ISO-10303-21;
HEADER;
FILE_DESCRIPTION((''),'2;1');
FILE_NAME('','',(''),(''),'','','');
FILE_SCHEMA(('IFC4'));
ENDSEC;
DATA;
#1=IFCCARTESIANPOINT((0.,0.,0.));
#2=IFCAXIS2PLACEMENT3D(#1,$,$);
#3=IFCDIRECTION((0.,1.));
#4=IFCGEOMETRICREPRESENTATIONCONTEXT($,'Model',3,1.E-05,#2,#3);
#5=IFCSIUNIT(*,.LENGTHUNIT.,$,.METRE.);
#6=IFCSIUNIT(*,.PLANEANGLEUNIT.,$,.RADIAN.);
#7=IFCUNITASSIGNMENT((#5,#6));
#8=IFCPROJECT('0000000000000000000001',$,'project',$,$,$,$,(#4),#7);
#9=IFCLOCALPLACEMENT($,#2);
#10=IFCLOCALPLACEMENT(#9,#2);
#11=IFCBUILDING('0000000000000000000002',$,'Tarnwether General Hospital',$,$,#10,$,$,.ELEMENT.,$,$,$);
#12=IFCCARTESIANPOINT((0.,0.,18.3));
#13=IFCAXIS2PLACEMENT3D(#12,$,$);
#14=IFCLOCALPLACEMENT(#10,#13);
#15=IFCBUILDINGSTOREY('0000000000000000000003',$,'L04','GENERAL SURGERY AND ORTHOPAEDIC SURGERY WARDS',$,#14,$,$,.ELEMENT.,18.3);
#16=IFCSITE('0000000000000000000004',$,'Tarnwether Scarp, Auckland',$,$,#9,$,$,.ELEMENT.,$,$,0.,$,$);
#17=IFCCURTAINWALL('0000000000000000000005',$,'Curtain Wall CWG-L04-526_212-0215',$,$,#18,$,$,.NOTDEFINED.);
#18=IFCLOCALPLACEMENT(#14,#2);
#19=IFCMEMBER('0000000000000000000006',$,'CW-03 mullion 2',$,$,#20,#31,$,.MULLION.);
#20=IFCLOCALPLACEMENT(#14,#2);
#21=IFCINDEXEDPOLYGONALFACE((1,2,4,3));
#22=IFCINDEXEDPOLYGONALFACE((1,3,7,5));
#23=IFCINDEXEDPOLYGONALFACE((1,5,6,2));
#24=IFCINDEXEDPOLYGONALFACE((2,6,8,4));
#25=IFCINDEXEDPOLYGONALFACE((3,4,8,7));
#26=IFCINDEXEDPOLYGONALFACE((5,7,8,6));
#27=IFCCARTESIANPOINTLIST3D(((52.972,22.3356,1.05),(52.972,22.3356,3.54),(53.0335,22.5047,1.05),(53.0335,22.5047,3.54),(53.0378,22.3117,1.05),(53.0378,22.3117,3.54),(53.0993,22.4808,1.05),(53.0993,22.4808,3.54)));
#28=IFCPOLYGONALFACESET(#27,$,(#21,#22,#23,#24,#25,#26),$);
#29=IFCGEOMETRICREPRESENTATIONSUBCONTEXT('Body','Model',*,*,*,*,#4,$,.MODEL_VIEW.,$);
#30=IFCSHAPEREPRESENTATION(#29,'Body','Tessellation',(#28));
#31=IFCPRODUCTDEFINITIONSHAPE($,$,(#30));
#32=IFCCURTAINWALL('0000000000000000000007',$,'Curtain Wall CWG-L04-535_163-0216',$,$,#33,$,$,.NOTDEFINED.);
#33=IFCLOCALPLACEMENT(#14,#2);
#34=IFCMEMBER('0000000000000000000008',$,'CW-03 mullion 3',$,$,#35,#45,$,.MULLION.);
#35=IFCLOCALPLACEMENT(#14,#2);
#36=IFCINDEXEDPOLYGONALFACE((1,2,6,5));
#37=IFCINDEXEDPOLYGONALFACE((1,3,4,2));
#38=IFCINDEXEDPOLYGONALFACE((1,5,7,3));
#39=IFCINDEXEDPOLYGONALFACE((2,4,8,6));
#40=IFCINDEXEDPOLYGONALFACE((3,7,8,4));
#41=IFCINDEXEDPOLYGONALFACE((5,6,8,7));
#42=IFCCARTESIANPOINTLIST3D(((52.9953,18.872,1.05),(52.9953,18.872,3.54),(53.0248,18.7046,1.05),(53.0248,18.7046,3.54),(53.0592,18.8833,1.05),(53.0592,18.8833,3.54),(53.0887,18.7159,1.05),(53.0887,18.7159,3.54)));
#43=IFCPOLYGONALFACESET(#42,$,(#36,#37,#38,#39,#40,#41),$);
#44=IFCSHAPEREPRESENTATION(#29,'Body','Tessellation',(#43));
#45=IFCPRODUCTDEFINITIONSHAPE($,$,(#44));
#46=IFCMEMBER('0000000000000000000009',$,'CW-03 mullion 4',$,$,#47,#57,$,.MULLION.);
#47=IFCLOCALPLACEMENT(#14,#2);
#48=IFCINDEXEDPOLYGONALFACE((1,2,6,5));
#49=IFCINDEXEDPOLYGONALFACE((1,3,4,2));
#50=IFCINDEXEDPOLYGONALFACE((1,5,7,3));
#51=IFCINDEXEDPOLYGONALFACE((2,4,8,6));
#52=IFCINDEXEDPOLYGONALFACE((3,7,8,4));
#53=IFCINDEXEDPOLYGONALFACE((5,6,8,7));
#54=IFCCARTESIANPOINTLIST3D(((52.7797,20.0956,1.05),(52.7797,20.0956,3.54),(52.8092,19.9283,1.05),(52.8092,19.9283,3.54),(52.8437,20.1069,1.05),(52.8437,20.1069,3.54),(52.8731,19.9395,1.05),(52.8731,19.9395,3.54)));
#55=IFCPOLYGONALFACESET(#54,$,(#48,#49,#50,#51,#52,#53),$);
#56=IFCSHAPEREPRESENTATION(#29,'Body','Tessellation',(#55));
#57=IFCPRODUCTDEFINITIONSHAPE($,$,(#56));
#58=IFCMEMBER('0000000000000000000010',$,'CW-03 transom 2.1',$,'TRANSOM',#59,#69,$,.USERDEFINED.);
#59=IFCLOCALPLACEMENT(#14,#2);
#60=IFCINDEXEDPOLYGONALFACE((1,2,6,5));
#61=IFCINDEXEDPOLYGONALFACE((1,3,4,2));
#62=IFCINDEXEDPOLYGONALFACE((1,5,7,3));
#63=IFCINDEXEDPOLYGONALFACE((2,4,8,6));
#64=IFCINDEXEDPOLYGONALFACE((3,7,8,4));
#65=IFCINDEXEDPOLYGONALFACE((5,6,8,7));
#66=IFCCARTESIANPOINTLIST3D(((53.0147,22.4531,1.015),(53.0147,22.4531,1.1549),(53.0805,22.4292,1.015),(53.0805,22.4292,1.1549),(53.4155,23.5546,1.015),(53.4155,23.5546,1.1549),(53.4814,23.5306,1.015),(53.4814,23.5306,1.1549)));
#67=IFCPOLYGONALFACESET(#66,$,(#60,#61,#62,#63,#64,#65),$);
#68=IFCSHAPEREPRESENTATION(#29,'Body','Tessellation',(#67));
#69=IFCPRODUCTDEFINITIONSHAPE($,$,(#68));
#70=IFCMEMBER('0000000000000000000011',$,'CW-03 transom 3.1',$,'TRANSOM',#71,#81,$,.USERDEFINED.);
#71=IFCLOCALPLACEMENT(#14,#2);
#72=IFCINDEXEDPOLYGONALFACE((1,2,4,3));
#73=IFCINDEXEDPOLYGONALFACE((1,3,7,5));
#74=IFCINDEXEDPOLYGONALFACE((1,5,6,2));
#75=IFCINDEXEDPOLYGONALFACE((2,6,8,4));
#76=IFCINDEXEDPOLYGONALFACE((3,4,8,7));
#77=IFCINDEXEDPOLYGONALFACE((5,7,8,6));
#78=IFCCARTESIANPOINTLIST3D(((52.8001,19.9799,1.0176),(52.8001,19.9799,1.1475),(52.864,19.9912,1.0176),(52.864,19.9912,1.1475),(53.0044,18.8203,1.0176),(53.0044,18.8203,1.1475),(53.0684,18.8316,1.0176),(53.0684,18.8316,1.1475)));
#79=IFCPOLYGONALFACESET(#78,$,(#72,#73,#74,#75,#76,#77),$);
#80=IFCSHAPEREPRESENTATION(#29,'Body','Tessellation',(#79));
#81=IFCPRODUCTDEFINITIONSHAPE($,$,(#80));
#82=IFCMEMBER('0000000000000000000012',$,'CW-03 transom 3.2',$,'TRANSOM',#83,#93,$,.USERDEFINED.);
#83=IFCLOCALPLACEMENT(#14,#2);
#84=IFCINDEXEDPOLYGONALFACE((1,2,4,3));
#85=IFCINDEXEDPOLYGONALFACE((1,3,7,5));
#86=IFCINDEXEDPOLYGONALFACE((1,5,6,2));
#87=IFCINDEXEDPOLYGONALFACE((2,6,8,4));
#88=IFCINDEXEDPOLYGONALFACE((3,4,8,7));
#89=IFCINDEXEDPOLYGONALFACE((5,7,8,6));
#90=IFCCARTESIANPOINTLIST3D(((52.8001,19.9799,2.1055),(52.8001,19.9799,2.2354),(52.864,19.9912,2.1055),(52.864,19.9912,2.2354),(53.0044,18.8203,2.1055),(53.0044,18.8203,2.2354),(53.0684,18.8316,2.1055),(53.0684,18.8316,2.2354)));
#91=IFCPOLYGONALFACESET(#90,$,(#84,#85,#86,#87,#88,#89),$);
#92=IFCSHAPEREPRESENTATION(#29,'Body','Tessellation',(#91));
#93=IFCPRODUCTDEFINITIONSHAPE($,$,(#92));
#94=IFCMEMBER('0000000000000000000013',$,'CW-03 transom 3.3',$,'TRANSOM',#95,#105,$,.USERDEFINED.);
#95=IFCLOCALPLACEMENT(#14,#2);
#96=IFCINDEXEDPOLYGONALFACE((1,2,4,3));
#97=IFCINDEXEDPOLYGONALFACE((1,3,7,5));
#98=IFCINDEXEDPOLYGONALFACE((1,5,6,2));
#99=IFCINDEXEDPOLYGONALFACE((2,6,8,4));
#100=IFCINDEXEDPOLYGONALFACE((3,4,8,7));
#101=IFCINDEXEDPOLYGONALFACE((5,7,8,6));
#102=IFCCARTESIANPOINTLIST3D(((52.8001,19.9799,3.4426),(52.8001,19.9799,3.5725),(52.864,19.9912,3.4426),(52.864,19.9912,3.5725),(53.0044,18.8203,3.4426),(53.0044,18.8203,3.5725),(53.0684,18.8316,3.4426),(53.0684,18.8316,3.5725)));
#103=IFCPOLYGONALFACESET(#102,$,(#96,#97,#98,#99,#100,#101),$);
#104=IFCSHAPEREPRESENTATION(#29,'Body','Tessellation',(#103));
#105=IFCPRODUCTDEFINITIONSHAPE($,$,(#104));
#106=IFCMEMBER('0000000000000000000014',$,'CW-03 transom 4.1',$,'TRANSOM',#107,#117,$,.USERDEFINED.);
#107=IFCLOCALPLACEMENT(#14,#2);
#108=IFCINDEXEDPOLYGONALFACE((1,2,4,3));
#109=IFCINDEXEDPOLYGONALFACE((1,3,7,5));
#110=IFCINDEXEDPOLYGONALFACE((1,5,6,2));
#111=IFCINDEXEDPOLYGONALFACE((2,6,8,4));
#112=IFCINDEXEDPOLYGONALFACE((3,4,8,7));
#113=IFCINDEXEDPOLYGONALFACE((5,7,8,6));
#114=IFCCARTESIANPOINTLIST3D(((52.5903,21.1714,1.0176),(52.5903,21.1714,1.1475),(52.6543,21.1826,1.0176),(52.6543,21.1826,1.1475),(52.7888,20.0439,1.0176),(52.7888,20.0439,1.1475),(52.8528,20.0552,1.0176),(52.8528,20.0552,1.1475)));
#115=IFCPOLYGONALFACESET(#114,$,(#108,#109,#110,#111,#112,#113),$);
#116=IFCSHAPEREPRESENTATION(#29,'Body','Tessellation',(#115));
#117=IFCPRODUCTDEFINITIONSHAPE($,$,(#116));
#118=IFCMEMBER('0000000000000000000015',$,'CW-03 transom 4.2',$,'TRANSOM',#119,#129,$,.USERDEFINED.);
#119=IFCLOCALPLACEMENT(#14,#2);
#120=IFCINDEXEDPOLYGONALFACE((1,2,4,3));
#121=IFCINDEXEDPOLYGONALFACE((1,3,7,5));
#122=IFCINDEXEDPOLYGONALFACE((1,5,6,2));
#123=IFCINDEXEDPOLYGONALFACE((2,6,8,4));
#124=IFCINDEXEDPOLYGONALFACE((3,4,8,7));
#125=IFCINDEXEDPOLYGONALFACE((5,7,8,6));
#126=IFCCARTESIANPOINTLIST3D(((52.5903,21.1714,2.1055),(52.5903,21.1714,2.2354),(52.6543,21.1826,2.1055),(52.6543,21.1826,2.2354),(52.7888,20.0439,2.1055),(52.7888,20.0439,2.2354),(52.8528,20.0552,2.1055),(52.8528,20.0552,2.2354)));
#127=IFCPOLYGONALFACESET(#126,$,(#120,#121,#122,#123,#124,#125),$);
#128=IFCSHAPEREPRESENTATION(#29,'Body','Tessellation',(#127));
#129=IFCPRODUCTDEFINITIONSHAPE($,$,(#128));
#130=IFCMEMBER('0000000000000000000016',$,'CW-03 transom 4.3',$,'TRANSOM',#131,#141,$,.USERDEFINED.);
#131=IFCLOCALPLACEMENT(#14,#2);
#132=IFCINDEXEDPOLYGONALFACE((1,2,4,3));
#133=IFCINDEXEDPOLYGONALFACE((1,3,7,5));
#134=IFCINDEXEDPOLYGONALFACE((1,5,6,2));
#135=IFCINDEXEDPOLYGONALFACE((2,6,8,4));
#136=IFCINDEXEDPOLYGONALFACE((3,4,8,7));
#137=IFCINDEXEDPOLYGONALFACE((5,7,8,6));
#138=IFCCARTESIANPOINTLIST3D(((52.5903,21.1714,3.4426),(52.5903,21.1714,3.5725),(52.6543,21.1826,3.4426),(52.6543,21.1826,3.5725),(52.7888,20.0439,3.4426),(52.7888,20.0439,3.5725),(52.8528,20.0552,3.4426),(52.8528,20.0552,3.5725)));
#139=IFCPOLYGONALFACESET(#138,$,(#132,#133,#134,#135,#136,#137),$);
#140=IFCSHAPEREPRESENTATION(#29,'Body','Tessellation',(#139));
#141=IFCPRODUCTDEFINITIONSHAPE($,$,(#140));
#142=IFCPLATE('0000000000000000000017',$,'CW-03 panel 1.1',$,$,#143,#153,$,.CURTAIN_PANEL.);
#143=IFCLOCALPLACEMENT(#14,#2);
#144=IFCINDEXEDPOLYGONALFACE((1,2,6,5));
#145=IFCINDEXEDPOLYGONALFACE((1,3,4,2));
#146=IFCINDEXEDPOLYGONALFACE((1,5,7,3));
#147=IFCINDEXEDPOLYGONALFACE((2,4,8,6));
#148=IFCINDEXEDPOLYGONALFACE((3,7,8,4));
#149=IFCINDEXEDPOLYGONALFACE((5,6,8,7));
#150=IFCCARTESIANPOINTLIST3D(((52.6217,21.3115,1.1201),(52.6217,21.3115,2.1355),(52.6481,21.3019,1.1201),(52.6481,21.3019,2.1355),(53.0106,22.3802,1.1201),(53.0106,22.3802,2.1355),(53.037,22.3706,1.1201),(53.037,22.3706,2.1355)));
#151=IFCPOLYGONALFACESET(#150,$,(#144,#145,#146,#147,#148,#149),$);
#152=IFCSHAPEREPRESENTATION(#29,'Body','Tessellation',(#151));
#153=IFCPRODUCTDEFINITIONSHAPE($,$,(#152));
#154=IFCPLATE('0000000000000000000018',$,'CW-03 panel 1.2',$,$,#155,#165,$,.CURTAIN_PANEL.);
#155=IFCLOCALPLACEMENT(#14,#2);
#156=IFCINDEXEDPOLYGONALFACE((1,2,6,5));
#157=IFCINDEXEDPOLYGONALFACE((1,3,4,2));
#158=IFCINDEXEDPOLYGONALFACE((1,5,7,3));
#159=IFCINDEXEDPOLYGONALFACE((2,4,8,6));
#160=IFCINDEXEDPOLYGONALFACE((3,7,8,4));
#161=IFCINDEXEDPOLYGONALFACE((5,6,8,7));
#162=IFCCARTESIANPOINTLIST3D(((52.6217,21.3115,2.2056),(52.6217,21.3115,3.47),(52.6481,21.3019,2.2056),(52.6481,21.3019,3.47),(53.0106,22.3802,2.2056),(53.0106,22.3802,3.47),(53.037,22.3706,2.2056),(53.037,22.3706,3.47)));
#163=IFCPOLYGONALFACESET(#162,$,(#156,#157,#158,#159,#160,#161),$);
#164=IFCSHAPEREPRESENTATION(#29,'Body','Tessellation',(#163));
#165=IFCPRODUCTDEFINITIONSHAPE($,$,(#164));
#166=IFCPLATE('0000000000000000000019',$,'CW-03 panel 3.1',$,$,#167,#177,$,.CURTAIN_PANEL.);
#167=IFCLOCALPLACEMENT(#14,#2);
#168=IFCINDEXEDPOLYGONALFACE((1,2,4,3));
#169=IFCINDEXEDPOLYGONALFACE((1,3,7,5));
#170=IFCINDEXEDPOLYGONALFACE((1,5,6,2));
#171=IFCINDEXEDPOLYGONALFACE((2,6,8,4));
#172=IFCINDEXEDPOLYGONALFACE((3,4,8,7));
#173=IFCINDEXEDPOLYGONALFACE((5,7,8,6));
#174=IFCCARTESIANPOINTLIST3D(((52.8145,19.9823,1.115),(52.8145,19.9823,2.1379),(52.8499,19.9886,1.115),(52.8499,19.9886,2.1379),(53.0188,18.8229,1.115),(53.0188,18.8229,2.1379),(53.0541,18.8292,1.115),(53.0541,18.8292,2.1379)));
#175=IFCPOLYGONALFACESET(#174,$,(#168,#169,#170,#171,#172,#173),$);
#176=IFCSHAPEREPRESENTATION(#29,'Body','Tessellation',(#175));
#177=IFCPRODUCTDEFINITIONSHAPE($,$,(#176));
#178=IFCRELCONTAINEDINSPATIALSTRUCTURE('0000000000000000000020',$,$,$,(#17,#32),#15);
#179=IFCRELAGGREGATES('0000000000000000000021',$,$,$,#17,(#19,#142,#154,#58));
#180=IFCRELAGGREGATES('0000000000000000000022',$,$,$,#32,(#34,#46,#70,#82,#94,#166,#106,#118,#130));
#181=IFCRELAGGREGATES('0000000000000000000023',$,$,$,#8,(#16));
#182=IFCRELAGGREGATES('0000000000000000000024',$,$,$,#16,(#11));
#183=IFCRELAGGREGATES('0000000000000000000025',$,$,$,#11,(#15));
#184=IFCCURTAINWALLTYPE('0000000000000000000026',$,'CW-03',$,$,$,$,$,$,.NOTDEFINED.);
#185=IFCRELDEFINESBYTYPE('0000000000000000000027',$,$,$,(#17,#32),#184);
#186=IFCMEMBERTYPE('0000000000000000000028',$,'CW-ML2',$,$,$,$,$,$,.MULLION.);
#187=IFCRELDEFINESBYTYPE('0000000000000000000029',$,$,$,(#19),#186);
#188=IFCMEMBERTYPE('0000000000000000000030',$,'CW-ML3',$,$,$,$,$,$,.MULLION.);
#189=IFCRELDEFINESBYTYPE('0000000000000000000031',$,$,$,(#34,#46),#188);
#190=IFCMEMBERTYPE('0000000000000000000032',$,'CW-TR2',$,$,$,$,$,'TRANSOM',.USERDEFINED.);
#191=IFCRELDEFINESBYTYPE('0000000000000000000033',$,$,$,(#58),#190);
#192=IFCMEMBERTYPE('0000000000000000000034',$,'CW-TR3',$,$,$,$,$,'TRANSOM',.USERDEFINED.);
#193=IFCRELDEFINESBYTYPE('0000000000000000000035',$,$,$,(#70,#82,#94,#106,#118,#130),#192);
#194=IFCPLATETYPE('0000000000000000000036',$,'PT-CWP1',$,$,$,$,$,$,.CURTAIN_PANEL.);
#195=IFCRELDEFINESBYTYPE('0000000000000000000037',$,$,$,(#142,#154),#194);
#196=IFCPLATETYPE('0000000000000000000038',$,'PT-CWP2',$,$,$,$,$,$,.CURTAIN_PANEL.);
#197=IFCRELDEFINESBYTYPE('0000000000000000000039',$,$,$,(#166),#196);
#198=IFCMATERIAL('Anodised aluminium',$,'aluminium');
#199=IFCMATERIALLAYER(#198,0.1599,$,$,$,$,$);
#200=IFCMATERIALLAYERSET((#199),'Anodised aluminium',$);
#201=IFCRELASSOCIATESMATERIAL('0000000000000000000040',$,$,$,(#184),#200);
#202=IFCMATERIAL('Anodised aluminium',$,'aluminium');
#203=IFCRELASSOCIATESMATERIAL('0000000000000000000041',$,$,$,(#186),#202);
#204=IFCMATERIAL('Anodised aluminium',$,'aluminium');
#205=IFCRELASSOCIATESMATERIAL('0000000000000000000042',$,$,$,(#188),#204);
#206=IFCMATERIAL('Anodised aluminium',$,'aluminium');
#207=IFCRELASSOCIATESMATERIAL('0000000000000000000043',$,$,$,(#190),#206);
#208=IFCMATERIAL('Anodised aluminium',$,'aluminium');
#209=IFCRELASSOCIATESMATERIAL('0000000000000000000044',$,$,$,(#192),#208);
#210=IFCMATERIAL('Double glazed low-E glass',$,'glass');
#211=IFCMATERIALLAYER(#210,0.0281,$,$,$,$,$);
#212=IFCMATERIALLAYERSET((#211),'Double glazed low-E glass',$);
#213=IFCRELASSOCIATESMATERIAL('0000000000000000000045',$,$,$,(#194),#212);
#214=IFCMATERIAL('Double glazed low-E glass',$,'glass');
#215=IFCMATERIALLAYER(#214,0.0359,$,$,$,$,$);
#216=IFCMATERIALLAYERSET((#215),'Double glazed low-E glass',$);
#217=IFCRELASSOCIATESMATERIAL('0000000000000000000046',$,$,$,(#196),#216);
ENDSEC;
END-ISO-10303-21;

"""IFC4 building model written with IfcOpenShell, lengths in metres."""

from ifc_helpers import new_model, si_unit, direction, frame, origin, origin_2d, place, context, subcontext, project, spatial, rectangle, extrude, material, layer, layer_set, material_profile, profile_set, type_object, element, aggregate, save


model = new_model("IFC4")

# Units and contexts
model_context = context("Model", 3, precision=1e-05, world=origin(), true_north=direction((0.0, 1.0)))
body_context = subcontext(model_context, "Body", "Model", "MODEL_VIEW")
ifc_project = project(units=[si_unit("LENGTHUNIT", "METRE"), si_unit("PLANEANGLEUNIT", "RADIAN")], contexts=[model_context])

# Site, building, storey
site_placement = place(None, origin())
site = spatial("IfcSite", under=ifc_project, at=site_placement, Name="Tarnwether Scarp, Auckland", CompositionType="ELEMENT", RefElevation=0.0)
building_placement = place(site_placement, origin())
building = spatial("IfcBuilding", under=site, at=building_placement, Name="Tarnwether General Hospital", CompositionType="ELEMENT")
storey_placement = place(building_placement, frame((0.0, 0.0, 18.3)))
storey = spatial("IfcBuildingStorey", under=building, at=storey_placement, Name="L04", Description="GENERAL SURGERY AND ORTHOPAEDIC SURGERY WARDS", CompositionType="ELEMENT", Elevation=18.3)

# Curtain wall, member
ifc_material_1 = material(Name="Anodised aluminium", Category="aluminium")
ifc_layer_1 = layer(ifc_material_1, 0.1599)
ifc_layer_set_1 = layer_set([ifc_layer_1], Name="Anodised aluminium")
curtain_wall_type = type_object("IfcCurtainWallType", Name="CW-03", PredefinedType="NOTDEFINED", material=ifc_layer_set_1)
curtain_wall_1_placement = place(storey_placement, origin())
curtain_wall_1 = element("IfcCurtainWall", 1, at=curtain_wall_1_placement, inside=storey, type_object=curtain_wall_type, Name="Curtain Wall CWG-L04-526_212-0215", PredefinedType="NOTDEFINED")
ifc_material_2 = material(Name="Anodised aluminium", Category="aluminium")
ifc_material_profile_1 = material_profile(ifc_material_2, rectangle(XDim=0.0701, YDim=0.1799, at=origin_2d()), Name="ALU-MUL-70x180")
ifc_profile_set_1 = profile_set([ifc_material_profile_1], Name="Anodised aluminium")
member_type_1 = type_object("IfcMemberType", Name="CW-ML2", PredefinedType="MULLION", material=ifc_profile_set_1)
member_1_placement = place(storey_placement, frame((53.0356, 22.4082, 1.05), z_axis=(0.0, 0.0, 1.0), x_axis=(-0.939717, 0.341953, 0.0)))
member_1 = element("IfcMember", 2, at=member_1_placement, type_object=member_type_1, Name="CW-03 mullion 2", PredefinedType="MULLION", context=body_context, shape_type="SweptSolid", body=[
    extrude(rectangle(XDim=0.0701, YDim=0.1799, at=origin_2d()), origin(), (0.0, 0.0, 1.0), 2.49),
])

# Curtain wall, members
curtain_wall_2_placement = place(storey_placement, origin())
curtain_wall_2 = element("IfcCurtainWall", 3, at=curtain_wall_2_placement, inside=storey, type_object=curtain_wall_type, Name="Curtain Wall CWG-L04-535_163-0216", PredefinedType="NOTDEFINED")
ifc_material_3 = material(Name="Anodised aluminium", Category="aluminium")
ifc_material_profile_2 = material_profile(ifc_material_3, rectangle(XDim=0.0649, YDim=0.1699, at=origin_2d()), Name="ALU-MUL-65x170")
ifc_profile_set_2 = profile_set([ifc_material_profile_2], Name="Anodised aluminium")
member_type_2 = type_object("IfcMemberType", Name="CW-ML3", PredefinedType="MULLION", material=ifc_profile_set_2)
member_2_placement = place(storey_placement, frame((53.042, 18.7939, 1.05), z_axis=(0.0, 0.0, 1.0), x_axis=(-0.98484, -0.173464, 0.0)))
member_2 = element("IfcMember", 4, at=member_2_placement, type_object=member_type_2, Name="CW-03 mullion 3", PredefinedType="MULLION", context=body_context, shape_type="SweptSolid", body=[
    extrude(rectangle(XDim=0.0649, YDim=0.1699, at=origin_2d()), origin(), (0.0, 0.0, 1.0), 2.49),
])
member_3_placement = place(storey_placement, frame((52.8264, 20.0176, 1.05), z_axis=(0.0, 0.0, 1.0), x_axis=(-0.98484, -0.173464, 0.0)))
member_3 = element("IfcMember", 5, at=member_3_placement, type_object=member_type_2, Name="CW-03 mullion 4", PredefinedType="MULLION", context=body_context, shape_type="SweptSolid", body=[
    extrude(rectangle(XDim=0.0649, YDim=0.1699, at=origin_2d()), origin(), (0.0, 0.0, 1.0), 2.49),
])

# Members
ifc_material_4 = material(Name="Anodised aluminium", Category="aluminium")
ifc_material_profile_3 = material_profile(ifc_material_4, rectangle(XDim=0.0701, YDim=0.1399, at=origin_2d()), Name="ALU-TRN-70x140")
ifc_profile_set_3 = profile_set([ifc_material_profile_3], Name="Anodised aluminium")
member_type_3 = type_object("IfcMemberType", Name="CW-TR2", ElementType="TRANSOM", PredefinedType="USERDEFINED", material=ifc_profile_set_3)
member_4_placement = place(storey_placement, frame((53.0476, 22.4412, 1.085), z_axis=(0.341977, 0.939708, 0.0), x_axis=(-0.939708, 0.341977, 0.0)))
member_4 = element("IfcMember", 6, at=member_4_placement, type_object=member_type_3, Name="CW-03 transom 2.1", ObjectType="TRANSOM", PredefinedType="USERDEFINED", context=body_context, shape_type="SweptSolid", body=[
    extrude(rectangle(XDim=0.0701, YDim=0.1399, at=origin_2d()), origin(), (0.0, 0.0, 1.0), 1.1721),
])
ifc_material_5 = material(Name="Anodised aluminium", Category="aluminium")
ifc_material_profile_4 = material_profile(ifc_material_5, rectangle(XDim=0.0649, YDim=0.1299, at=origin_2d()), Name="ALU-TRN-65x130")
ifc_profile_set_4 = profile_set([ifc_material_profile_4], Name="Anodised aluminium")
member_type_4 = type_object("IfcMemberType", Name="CW-TR3", ElementType="TRANSOM", PredefinedType="USERDEFINED", material=ifc_profile_set_4)
member_5_placement = place(storey_placement, frame((53.0364, 18.8259, 1.0825), z_axis=(-0.173537, 0.984827, 0.0), x_axis=(-0.984827, -0.173537, 0.0)))
member_5 = element("IfcMember", 7, at=member_5_placement, type_object=member_type_4, Name="CW-03 transom 3.1", ObjectType="TRANSOM", PredefinedType="USERDEFINED", context=body_context, shape_type="SweptSolid", body=[
    extrude(rectangle(XDim=0.0649, YDim=0.1299, at=origin_2d()), origin(), (0.0, 0.0, 1.0), 1.1775),
])
member_6_placement = place(storey_placement, frame((53.0364, 18.8259, 2.1704), z_axis=(-0.173537, 0.984827, 0.0), x_axis=(-0.984827, -0.173537, 0.0)))
member_6 = element("IfcMember", 8, at=member_6_placement, type_object=member_type_4, Name="CW-03 transom 3.2", ObjectType="TRANSOM", PredefinedType="USERDEFINED", context=body_context, shape_type="SweptSolid", body=[
    extrude(rectangle(XDim=0.0649, YDim=0.1299, at=origin_2d()), origin(), (0.0, 0.0, 1.0), 1.1775),
])
member_7_placement = place(storey_placement, frame((53.0364, 18.8259, 3.5076), z_axis=(-0.173537, 0.984827, 0.0), x_axis=(-0.984827, -0.173537, 0.0)))
member_7 = element("IfcMember", 9, at=member_7_placement, type_object=member_type_4, Name="CW-03 transom 3.3", ObjectType="TRANSOM", PredefinedType="USERDEFINED", context=body_context, shape_type="SweptSolid", body=[
    extrude(rectangle(XDim=0.0649, YDim=0.1299, at=origin_2d()), origin(), (0.0, 0.0, 1.0), 1.1775),
])
member_8_placement = place(storey_placement, frame((52.8208, 20.0496, 1.0825), z_axis=(-0.173384, 0.984854, 0.0), x_axis=(-0.984854, -0.173384, 0.0)))
member_8 = element("IfcMember", 10, at=member_8_placement, type_object=member_type_4, Name="CW-03 transom 4.1", ObjectType="TRANSOM", PredefinedType="USERDEFINED", context=body_context, shape_type="SweptSolid", body=[
    extrude(rectangle(XDim=0.0649, YDim=0.1299, at=origin_2d()), origin(), (0.0, 0.0, 1.0), 1.1448),
])
member_9_placement = place(storey_placement, frame((52.8208, 20.0496, 2.1704), z_axis=(-0.173384, 0.984854, 0.0), x_axis=(-0.984854, -0.173384, 0.0)))
member_9 = element("IfcMember", 11, at=member_9_placement, type_object=member_type_4, Name="CW-03 transom 4.2", ObjectType="TRANSOM", PredefinedType="USERDEFINED", context=body_context, shape_type="SweptSolid", body=[
    extrude(rectangle(XDim=0.0649, YDim=0.1299, at=origin_2d()), origin(), (0.0, 0.0, 1.0), 1.1448),
])
member_10_placement = place(storey_placement, frame((52.8208, 20.0496, 3.5076), z_axis=(-0.173384, 0.984854, 0.0), x_axis=(-0.984854, -0.173384, 0.0)))
member_10 = element("IfcMember", 12, at=member_10_placement, type_object=member_type_4, Name="CW-03 transom 4.3", ObjectType="TRANSOM", PredefinedType="USERDEFINED", context=body_context, shape_type="SweptSolid", body=[
    extrude(rectangle(XDim=0.0649, YDim=0.1299, at=origin_2d()), origin(), (0.0, 0.0, 1.0), 1.1448),
])

# Plates
ifc_material_6 = material(Name="Double glazed low-E glass", Category="glass")
ifc_layer_2 = layer(ifc_material_6, 0.0281)
ifc_layer_set_2 = layer_set([ifc_layer_2], Name="Double glazed low-E glass")
plate_type_1 = type_object("IfcPlateType", Name="PT-CWP1", PredefinedType="CURTAIN_PANEL", material=ifc_layer_set_2)
plate_1_placement = place(storey_placement, frame((52.8293, 21.8411, 1.1201), z_axis=(0.0, 0.0, 1.0), x_axis=(0.341953, 0.939717, 0.0)))
plate_1 = element("IfcPlate", 13, at=plate_1_placement, type_object=plate_type_1, Name="CW-03 panel 1.1", PredefinedType="CURTAIN_PANEL", context=body_context, shape_type="SweptSolid", body=[
    extrude(rectangle(XDim=1.1372, YDim=0.0281, at=origin_2d()), origin(), (0.0, 0.0, 1.0), 1.0154),
])
plate_2_placement = place(storey_placement, frame((52.8293, 21.8411, 2.2056), z_axis=(0.0, 0.0, 1.0), x_axis=(0.341953, 0.939717, 0.0)))
plate_2 = element("IfcPlate", 14, at=plate_2_placement, type_object=plate_type_1, Name="CW-03 panel 1.2", PredefinedType="CURTAIN_PANEL", context=body_context, shape_type="SweptSolid", body=[
    extrude(rectangle(XDim=1.1372, YDim=0.0281, at=origin_2d()), origin(), (0.0, 0.0, 1.0), 1.2644),
])
aggregate(curtain_wall_1, [member_1, plate_1, plate_2, member_4])
ifc_material_7 = material(Name="Double glazed low-E glass", Category="glass")
ifc_layer_3 = layer(ifc_material_7, 0.0359)
ifc_layer_set_3 = layer_set([ifc_layer_3], Name="Double glazed low-E glass")
plate_type_2 = type_object("IfcPlateType", Name="PT-CWP2", PredefinedType="CURTAIN_PANEL", material=ifc_layer_set_3)
plate_3_placement = place(storey_placement, frame((52.9343, 19.4058, 1.115), z_axis=(0.0, 0.0, 1.0), x_axis=(-0.173464, 0.98484, 0.0)))
plate_3 = element("IfcPlate", 15, at=plate_3_placement, type_object=plate_type_2, Name="CW-03 panel 3.1", PredefinedType="CURTAIN_PANEL", context=body_context, shape_type="SweptSolid", body=[
    extrude(rectangle(XDim=1.1772, YDim=0.0359, at=origin_2d()), origin(), (0.0, 0.0, 1.0), 1.0229),
])
aggregate(curtain_wall_2, [member_2, member_3, member_5, member_6, member_7, plate_3, member_8, member_9, member_10])

save(model, "model.ifc")
